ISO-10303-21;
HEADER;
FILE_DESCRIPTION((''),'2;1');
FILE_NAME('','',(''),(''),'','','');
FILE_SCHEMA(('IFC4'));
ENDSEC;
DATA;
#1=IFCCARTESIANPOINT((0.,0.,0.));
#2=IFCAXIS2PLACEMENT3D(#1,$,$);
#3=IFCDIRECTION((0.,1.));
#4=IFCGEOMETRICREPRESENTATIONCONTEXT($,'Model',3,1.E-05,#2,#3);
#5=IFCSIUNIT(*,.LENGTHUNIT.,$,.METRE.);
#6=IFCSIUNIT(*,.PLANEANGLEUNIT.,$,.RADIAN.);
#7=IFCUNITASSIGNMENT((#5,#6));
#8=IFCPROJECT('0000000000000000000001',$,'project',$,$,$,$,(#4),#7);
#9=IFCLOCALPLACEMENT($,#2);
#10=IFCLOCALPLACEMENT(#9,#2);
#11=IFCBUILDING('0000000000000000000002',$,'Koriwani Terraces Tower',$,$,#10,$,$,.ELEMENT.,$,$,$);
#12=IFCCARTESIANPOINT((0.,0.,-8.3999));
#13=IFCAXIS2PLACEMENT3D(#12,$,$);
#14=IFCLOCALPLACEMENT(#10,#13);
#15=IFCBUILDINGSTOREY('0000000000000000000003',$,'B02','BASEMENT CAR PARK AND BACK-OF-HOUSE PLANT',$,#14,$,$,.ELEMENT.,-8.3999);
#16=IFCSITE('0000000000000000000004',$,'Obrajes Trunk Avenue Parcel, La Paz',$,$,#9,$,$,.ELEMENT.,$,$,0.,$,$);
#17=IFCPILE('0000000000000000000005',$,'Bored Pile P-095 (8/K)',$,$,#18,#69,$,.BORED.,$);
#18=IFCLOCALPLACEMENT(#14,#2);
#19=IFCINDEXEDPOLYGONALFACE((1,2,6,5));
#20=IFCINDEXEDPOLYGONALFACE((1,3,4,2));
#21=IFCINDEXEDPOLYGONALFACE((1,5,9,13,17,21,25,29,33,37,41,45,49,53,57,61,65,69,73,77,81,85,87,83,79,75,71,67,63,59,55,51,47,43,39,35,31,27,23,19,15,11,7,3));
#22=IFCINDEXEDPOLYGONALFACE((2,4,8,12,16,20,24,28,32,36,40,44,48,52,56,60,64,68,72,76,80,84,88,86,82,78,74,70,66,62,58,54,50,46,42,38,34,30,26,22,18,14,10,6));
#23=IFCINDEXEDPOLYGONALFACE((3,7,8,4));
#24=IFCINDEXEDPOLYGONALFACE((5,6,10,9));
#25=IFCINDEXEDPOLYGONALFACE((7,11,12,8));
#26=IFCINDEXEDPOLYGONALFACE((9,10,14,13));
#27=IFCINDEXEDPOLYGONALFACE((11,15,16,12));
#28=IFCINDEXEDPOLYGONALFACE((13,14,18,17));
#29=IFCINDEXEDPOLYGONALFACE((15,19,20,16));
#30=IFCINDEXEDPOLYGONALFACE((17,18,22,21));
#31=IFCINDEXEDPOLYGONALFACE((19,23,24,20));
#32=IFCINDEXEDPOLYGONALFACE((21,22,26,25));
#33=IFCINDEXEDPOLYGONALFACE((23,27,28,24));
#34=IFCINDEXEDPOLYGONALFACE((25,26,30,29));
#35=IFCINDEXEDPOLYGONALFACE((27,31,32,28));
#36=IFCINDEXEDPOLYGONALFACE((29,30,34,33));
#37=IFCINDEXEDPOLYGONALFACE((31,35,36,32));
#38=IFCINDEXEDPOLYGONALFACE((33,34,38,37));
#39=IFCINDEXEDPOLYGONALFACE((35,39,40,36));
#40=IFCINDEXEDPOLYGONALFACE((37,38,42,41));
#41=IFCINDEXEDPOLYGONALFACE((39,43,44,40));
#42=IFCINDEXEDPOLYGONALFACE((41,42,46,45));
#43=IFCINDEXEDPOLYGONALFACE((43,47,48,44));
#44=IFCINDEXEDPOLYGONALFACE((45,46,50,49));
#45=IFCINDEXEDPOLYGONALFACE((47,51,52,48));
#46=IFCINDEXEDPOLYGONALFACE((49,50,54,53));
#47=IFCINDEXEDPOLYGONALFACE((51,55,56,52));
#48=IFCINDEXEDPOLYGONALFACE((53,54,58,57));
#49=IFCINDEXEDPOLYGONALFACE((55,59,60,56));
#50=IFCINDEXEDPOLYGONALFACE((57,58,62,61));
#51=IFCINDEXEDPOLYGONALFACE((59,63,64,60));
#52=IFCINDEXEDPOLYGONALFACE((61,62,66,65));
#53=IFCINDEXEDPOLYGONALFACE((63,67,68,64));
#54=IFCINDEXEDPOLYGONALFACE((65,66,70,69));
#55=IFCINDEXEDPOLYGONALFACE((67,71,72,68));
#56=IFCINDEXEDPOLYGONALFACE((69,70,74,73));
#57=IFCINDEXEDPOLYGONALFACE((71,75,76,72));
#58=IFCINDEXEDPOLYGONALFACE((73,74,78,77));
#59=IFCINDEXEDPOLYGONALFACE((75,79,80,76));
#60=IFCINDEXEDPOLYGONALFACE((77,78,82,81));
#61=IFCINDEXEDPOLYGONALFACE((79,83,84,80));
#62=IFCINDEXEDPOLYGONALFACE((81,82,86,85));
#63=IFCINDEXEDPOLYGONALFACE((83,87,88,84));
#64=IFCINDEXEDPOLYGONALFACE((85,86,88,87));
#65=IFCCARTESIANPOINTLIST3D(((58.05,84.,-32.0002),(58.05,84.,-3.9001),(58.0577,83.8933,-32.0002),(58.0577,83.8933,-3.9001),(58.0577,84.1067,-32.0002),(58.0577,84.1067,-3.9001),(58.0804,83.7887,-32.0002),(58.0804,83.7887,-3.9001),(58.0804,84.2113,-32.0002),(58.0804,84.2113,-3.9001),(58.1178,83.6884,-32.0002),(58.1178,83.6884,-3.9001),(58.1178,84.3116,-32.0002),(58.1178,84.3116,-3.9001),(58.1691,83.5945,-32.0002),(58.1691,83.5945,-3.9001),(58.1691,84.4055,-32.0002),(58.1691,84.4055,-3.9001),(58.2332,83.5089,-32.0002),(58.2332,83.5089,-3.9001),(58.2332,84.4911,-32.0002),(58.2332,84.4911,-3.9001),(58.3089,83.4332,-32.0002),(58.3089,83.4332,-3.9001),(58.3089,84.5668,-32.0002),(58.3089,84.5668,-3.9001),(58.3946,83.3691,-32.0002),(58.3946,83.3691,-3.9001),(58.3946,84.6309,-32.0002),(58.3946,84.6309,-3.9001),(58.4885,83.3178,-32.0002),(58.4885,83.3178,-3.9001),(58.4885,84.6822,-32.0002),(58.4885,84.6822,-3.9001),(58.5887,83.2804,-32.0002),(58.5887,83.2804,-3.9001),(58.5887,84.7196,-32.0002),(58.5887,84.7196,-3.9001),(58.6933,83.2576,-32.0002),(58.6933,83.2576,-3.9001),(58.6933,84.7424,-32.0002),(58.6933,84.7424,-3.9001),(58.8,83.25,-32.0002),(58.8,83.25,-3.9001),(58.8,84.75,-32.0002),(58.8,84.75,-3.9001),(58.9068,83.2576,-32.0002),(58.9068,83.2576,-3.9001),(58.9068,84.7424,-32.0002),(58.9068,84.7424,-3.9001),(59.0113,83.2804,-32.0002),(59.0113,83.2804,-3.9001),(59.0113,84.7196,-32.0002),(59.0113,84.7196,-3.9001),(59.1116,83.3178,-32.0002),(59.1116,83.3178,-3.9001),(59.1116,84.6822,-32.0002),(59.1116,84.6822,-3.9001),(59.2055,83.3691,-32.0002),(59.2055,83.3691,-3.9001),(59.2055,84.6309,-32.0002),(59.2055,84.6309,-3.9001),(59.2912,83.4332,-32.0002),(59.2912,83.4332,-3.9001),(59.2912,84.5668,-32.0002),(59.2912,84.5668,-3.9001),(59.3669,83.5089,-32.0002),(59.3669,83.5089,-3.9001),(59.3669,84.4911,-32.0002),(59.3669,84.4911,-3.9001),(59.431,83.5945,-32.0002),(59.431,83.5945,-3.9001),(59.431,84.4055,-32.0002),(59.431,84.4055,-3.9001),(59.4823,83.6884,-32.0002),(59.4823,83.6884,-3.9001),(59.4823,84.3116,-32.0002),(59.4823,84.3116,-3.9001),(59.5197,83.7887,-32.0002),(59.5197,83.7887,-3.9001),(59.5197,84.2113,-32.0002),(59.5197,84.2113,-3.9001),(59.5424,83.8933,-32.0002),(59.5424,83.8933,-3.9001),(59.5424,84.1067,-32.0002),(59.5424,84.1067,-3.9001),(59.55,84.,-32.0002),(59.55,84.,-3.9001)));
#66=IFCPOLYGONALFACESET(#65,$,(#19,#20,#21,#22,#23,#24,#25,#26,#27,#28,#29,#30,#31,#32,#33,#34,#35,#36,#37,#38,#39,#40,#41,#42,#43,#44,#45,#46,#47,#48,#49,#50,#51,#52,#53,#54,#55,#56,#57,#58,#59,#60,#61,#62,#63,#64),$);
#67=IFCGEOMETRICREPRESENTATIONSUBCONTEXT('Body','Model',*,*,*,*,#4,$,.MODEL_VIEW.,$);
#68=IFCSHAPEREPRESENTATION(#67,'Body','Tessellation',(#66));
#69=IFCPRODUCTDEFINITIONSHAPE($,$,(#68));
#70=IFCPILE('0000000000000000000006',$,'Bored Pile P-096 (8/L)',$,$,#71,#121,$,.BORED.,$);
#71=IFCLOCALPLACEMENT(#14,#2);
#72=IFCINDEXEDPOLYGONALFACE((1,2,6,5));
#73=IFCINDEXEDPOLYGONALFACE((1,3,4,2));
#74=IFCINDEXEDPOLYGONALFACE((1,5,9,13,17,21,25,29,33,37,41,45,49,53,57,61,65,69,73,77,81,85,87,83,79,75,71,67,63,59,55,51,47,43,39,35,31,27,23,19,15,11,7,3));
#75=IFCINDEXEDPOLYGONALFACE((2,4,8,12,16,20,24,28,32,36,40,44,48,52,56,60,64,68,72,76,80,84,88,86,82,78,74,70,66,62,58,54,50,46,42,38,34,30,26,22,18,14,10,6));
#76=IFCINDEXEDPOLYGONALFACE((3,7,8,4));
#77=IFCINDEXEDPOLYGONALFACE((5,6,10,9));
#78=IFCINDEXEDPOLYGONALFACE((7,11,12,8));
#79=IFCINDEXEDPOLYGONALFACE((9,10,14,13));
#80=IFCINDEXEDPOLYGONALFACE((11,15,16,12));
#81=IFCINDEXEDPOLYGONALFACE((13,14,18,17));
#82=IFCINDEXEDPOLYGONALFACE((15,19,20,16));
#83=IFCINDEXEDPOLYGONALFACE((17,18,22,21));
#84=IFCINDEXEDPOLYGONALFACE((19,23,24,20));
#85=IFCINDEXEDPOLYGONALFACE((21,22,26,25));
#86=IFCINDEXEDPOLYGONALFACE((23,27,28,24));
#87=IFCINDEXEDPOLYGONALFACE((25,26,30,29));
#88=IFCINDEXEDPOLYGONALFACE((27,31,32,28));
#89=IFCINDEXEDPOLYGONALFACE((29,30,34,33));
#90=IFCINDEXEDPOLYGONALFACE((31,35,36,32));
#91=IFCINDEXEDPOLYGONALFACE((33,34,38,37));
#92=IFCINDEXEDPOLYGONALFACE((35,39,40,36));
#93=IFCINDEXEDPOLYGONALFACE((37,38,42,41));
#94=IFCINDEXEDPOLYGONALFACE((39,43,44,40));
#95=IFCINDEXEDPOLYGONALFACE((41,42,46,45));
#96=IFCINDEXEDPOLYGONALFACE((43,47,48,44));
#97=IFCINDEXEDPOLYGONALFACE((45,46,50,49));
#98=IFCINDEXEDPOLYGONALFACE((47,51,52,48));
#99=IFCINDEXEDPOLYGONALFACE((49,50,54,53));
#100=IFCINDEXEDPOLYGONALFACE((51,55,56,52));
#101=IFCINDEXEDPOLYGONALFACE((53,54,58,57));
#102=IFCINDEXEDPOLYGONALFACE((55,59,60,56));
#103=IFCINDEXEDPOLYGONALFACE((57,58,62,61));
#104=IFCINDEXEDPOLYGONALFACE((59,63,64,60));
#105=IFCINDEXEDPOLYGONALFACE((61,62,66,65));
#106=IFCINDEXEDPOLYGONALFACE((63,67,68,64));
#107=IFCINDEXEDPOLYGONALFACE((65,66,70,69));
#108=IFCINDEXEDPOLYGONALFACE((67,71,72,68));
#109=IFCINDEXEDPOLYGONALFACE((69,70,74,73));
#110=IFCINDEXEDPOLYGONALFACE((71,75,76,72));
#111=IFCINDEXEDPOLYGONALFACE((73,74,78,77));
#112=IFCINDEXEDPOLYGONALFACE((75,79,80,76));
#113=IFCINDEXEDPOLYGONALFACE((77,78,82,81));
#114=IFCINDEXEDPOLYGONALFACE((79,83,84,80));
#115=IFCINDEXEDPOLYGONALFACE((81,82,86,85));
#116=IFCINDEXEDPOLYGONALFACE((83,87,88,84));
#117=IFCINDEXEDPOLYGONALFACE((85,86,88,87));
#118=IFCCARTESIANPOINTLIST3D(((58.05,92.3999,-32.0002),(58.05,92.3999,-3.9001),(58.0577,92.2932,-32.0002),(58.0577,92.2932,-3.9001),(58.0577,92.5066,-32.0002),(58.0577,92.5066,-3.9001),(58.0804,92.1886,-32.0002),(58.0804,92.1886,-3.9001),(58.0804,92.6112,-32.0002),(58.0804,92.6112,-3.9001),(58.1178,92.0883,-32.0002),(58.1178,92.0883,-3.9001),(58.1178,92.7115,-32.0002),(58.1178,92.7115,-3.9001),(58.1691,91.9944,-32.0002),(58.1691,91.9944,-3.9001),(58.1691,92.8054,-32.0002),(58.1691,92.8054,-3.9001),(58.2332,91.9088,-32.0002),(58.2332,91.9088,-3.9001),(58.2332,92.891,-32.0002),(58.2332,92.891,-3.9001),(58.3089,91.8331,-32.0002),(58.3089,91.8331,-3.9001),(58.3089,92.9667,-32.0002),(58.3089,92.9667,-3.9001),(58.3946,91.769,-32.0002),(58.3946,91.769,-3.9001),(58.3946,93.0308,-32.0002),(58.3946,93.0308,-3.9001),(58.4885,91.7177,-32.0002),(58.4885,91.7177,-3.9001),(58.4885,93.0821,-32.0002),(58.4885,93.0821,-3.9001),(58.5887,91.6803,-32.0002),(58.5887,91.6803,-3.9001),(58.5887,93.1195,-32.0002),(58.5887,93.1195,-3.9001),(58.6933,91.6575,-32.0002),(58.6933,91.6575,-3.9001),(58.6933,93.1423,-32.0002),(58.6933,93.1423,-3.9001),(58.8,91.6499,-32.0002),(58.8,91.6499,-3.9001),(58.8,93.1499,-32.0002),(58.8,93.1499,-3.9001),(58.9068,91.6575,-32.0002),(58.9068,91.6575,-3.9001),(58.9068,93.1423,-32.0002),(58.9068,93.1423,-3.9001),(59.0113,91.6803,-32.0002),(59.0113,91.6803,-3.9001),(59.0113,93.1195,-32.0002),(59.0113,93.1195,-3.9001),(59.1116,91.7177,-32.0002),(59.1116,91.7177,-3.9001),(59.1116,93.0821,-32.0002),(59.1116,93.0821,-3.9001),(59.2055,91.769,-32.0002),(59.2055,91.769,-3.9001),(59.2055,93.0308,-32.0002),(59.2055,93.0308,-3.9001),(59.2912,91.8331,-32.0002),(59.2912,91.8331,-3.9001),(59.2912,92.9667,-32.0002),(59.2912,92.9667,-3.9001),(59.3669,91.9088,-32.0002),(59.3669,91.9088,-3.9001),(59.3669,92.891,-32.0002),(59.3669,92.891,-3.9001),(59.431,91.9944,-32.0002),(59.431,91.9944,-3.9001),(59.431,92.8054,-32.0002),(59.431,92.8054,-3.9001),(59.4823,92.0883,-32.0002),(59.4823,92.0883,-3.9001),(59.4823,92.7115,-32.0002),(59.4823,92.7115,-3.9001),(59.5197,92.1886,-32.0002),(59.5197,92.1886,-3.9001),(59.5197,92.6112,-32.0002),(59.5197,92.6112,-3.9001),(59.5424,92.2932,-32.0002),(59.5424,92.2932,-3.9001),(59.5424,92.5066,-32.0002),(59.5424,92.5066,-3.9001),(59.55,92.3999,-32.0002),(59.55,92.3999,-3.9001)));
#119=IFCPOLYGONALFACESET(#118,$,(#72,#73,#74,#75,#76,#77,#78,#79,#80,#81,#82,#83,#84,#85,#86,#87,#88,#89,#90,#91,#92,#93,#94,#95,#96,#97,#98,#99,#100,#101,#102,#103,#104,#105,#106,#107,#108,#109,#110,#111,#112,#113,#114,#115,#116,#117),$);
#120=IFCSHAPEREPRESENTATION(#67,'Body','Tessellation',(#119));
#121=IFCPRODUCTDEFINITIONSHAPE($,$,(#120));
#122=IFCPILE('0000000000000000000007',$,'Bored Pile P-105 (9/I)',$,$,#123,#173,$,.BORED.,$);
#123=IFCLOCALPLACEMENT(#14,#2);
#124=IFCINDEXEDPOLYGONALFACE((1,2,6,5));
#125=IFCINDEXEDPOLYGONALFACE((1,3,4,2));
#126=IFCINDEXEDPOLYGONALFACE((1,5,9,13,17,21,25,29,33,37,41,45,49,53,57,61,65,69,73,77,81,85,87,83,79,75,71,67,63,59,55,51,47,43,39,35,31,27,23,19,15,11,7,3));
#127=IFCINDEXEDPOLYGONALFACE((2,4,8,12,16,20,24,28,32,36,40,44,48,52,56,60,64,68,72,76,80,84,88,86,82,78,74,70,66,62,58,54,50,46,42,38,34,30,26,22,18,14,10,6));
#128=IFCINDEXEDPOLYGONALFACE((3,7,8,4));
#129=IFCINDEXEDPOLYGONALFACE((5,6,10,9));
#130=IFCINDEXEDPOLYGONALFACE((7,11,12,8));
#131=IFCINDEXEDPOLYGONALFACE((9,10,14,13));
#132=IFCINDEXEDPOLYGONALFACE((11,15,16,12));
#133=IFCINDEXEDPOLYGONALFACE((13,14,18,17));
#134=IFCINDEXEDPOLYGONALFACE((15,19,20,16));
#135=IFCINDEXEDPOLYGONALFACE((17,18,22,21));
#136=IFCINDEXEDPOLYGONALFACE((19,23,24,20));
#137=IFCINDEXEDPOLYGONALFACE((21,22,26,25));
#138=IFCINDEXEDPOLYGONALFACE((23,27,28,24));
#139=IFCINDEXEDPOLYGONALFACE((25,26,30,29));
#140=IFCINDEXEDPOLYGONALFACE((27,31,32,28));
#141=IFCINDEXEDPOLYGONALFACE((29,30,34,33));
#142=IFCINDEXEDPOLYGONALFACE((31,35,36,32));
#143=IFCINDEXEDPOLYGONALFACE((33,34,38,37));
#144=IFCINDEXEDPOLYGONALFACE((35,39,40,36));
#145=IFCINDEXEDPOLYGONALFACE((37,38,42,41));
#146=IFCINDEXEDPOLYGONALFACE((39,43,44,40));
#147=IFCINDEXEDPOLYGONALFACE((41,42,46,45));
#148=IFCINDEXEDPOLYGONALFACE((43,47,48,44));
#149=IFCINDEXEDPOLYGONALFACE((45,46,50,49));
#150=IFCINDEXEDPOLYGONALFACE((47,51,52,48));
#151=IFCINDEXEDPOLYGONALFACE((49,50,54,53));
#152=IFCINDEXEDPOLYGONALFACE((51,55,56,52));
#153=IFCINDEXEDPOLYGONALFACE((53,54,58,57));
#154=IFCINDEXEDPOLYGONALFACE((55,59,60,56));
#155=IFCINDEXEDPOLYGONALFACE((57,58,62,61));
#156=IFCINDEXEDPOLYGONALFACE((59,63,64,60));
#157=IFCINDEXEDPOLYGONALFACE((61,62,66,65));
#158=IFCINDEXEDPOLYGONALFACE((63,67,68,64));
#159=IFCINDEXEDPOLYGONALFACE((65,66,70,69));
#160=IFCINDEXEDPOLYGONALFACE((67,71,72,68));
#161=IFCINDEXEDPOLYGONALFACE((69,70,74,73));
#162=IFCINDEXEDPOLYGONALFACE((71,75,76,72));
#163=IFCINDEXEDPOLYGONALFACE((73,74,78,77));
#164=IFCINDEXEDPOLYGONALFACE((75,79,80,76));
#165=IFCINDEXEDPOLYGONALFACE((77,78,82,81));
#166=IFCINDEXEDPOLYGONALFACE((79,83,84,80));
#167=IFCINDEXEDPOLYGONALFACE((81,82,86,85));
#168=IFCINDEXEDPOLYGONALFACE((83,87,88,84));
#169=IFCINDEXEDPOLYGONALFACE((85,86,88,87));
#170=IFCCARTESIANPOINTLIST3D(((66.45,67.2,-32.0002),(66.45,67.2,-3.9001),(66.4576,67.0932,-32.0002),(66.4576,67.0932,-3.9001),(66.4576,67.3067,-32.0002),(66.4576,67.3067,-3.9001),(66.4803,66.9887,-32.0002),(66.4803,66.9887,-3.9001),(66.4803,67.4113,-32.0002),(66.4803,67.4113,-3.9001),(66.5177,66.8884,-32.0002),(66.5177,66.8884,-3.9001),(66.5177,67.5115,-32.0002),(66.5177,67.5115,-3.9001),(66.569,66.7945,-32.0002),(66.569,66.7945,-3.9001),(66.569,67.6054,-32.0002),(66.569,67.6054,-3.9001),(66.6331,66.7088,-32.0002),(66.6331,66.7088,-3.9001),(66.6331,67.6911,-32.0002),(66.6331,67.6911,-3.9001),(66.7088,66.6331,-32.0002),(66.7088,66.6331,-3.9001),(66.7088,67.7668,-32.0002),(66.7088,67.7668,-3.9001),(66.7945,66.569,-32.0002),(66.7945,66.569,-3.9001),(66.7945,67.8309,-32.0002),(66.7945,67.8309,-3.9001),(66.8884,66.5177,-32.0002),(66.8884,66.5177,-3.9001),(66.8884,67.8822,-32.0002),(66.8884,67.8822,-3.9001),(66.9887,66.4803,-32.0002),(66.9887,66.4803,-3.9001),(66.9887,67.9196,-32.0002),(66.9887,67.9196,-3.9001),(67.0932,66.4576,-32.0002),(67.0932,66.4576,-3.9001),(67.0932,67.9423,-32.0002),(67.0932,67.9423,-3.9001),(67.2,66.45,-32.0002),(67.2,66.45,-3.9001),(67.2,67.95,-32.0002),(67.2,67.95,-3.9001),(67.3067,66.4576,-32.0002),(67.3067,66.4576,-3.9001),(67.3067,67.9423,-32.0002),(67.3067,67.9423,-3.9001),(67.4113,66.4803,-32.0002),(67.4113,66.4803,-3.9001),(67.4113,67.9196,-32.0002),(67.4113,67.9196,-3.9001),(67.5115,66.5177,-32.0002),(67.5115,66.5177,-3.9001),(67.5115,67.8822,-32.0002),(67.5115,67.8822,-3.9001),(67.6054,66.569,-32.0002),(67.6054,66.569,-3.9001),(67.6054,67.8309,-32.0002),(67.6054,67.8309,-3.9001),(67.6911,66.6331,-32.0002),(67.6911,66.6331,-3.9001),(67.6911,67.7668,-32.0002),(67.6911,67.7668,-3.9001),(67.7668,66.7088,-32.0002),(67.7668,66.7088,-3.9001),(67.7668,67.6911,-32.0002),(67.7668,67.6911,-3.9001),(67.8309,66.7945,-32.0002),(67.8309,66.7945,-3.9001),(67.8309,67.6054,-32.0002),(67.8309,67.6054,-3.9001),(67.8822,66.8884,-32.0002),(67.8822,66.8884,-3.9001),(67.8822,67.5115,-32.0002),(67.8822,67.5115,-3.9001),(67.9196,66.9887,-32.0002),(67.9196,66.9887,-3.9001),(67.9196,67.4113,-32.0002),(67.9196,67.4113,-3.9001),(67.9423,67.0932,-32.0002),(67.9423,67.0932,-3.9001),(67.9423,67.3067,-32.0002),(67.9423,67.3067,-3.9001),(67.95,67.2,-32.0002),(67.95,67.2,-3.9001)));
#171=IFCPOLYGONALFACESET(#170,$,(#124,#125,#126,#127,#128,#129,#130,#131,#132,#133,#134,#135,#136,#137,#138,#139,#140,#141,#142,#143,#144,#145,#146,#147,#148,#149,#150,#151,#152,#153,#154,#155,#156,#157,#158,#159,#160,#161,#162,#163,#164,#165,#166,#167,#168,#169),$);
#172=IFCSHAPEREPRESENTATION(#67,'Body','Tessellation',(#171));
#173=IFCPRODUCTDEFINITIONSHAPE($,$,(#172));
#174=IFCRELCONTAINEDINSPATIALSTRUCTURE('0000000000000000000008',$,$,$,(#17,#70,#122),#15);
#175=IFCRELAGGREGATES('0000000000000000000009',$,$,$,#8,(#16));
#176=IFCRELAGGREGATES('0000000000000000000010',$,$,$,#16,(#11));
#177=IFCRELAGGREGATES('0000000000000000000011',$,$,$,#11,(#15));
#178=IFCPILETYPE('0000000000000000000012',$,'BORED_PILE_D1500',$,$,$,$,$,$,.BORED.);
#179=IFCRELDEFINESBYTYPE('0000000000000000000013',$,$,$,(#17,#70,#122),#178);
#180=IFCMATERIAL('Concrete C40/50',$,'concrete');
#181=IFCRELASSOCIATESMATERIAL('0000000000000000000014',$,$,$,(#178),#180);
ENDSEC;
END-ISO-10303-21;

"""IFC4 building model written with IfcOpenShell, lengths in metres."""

from ifc_helpers import new_model, si_unit, direction, frame, origin, origin_2d, place, context, subcontext, project, spatial, circle, extrude, material, material_profile, profile_set, type_object, element, save


model = new_model("IFC4")

# Units and contexts
model_context = context("Model", 3, precision=1e-05, world=origin(), true_north=direction((0.0, 1.0)))
body_context = subcontext(model_context, "Body", "Model", "MODEL_VIEW")
ifc_project = project(units=[si_unit("LENGTHUNIT", "METRE"), si_unit("PLANEANGLEUNIT", "RADIAN")], contexts=[model_context])

# Site, building, storey
site_placement = place(None, origin())
site = spatial("IfcSite", under=ifc_project, at=site_placement, Name="Obrajes Trunk Avenue Parcel, La Paz", CompositionType="ELEMENT", RefElevation=0.0)
building_placement = place(site_placement, origin())
building = spatial("IfcBuilding", under=site, at=building_placement, Name="Koriwani Terraces Tower", CompositionType="ELEMENT")
storey_placement = place(building_placement, frame((0.0, 0.0, -8.3999)))
storey = spatial("IfcBuildingStorey", under=building, at=storey_placement, Name="B02", Description="BASEMENT CAR PARK AND BACK-OF-HOUSE PLANT", CompositionType="ELEMENT", Elevation=-8.3999)

# Piles
ifc_material_1 = material(Name="Concrete C40/50", Category="concrete")
ifc_material_profile_1 = material_profile(ifc_material_1, circle(Radius=0.75, at=origin_2d()), Name="Concrete C40/50")
ifc_profile_set_1 = profile_set([ifc_material_profile_1], Name="Concrete C40/50")
pile_type_1 = type_object("IfcPileType", Name="BORED_PILE_D1500", PredefinedType="BORED", material=ifc_profile_set_1)
for number, where, z_axis, x_axis, name in (
    (1, (58.8, 84.0, -3.9001), (0.0, 0.0, -1.0), (1.0, 0.0, 0.0), "Bored Pile P-095 (8/K)"),
    (2, (58.8, 92.3999, -3.9001), (0.0, 0.0, -1.0), (1.0, 0.0, 0.0), "Bored Pile P-096 (8/L)"),
    (3, (67.2, 67.2, -3.9001), (0.0, 0.0, -1.0), (1.0, 0.0, 0.0), "Bored Pile P-105 (9/I)"),
):
    element("IfcPile", number, at=place(storey_placement, frame(where, z_axis=z_axis, x_axis=x_axis)), inside=storey, type_object=pile_type_1, Name=name, PredefinedType="BORED", context=body_context, shape_type="SweptSolid", body=[
        extrude(circle(Radius=0.75, at=origin_2d()), origin(), (0.0, 0.0, 1.0), 28.1001),
    ])

save(model, "model.ifc")
